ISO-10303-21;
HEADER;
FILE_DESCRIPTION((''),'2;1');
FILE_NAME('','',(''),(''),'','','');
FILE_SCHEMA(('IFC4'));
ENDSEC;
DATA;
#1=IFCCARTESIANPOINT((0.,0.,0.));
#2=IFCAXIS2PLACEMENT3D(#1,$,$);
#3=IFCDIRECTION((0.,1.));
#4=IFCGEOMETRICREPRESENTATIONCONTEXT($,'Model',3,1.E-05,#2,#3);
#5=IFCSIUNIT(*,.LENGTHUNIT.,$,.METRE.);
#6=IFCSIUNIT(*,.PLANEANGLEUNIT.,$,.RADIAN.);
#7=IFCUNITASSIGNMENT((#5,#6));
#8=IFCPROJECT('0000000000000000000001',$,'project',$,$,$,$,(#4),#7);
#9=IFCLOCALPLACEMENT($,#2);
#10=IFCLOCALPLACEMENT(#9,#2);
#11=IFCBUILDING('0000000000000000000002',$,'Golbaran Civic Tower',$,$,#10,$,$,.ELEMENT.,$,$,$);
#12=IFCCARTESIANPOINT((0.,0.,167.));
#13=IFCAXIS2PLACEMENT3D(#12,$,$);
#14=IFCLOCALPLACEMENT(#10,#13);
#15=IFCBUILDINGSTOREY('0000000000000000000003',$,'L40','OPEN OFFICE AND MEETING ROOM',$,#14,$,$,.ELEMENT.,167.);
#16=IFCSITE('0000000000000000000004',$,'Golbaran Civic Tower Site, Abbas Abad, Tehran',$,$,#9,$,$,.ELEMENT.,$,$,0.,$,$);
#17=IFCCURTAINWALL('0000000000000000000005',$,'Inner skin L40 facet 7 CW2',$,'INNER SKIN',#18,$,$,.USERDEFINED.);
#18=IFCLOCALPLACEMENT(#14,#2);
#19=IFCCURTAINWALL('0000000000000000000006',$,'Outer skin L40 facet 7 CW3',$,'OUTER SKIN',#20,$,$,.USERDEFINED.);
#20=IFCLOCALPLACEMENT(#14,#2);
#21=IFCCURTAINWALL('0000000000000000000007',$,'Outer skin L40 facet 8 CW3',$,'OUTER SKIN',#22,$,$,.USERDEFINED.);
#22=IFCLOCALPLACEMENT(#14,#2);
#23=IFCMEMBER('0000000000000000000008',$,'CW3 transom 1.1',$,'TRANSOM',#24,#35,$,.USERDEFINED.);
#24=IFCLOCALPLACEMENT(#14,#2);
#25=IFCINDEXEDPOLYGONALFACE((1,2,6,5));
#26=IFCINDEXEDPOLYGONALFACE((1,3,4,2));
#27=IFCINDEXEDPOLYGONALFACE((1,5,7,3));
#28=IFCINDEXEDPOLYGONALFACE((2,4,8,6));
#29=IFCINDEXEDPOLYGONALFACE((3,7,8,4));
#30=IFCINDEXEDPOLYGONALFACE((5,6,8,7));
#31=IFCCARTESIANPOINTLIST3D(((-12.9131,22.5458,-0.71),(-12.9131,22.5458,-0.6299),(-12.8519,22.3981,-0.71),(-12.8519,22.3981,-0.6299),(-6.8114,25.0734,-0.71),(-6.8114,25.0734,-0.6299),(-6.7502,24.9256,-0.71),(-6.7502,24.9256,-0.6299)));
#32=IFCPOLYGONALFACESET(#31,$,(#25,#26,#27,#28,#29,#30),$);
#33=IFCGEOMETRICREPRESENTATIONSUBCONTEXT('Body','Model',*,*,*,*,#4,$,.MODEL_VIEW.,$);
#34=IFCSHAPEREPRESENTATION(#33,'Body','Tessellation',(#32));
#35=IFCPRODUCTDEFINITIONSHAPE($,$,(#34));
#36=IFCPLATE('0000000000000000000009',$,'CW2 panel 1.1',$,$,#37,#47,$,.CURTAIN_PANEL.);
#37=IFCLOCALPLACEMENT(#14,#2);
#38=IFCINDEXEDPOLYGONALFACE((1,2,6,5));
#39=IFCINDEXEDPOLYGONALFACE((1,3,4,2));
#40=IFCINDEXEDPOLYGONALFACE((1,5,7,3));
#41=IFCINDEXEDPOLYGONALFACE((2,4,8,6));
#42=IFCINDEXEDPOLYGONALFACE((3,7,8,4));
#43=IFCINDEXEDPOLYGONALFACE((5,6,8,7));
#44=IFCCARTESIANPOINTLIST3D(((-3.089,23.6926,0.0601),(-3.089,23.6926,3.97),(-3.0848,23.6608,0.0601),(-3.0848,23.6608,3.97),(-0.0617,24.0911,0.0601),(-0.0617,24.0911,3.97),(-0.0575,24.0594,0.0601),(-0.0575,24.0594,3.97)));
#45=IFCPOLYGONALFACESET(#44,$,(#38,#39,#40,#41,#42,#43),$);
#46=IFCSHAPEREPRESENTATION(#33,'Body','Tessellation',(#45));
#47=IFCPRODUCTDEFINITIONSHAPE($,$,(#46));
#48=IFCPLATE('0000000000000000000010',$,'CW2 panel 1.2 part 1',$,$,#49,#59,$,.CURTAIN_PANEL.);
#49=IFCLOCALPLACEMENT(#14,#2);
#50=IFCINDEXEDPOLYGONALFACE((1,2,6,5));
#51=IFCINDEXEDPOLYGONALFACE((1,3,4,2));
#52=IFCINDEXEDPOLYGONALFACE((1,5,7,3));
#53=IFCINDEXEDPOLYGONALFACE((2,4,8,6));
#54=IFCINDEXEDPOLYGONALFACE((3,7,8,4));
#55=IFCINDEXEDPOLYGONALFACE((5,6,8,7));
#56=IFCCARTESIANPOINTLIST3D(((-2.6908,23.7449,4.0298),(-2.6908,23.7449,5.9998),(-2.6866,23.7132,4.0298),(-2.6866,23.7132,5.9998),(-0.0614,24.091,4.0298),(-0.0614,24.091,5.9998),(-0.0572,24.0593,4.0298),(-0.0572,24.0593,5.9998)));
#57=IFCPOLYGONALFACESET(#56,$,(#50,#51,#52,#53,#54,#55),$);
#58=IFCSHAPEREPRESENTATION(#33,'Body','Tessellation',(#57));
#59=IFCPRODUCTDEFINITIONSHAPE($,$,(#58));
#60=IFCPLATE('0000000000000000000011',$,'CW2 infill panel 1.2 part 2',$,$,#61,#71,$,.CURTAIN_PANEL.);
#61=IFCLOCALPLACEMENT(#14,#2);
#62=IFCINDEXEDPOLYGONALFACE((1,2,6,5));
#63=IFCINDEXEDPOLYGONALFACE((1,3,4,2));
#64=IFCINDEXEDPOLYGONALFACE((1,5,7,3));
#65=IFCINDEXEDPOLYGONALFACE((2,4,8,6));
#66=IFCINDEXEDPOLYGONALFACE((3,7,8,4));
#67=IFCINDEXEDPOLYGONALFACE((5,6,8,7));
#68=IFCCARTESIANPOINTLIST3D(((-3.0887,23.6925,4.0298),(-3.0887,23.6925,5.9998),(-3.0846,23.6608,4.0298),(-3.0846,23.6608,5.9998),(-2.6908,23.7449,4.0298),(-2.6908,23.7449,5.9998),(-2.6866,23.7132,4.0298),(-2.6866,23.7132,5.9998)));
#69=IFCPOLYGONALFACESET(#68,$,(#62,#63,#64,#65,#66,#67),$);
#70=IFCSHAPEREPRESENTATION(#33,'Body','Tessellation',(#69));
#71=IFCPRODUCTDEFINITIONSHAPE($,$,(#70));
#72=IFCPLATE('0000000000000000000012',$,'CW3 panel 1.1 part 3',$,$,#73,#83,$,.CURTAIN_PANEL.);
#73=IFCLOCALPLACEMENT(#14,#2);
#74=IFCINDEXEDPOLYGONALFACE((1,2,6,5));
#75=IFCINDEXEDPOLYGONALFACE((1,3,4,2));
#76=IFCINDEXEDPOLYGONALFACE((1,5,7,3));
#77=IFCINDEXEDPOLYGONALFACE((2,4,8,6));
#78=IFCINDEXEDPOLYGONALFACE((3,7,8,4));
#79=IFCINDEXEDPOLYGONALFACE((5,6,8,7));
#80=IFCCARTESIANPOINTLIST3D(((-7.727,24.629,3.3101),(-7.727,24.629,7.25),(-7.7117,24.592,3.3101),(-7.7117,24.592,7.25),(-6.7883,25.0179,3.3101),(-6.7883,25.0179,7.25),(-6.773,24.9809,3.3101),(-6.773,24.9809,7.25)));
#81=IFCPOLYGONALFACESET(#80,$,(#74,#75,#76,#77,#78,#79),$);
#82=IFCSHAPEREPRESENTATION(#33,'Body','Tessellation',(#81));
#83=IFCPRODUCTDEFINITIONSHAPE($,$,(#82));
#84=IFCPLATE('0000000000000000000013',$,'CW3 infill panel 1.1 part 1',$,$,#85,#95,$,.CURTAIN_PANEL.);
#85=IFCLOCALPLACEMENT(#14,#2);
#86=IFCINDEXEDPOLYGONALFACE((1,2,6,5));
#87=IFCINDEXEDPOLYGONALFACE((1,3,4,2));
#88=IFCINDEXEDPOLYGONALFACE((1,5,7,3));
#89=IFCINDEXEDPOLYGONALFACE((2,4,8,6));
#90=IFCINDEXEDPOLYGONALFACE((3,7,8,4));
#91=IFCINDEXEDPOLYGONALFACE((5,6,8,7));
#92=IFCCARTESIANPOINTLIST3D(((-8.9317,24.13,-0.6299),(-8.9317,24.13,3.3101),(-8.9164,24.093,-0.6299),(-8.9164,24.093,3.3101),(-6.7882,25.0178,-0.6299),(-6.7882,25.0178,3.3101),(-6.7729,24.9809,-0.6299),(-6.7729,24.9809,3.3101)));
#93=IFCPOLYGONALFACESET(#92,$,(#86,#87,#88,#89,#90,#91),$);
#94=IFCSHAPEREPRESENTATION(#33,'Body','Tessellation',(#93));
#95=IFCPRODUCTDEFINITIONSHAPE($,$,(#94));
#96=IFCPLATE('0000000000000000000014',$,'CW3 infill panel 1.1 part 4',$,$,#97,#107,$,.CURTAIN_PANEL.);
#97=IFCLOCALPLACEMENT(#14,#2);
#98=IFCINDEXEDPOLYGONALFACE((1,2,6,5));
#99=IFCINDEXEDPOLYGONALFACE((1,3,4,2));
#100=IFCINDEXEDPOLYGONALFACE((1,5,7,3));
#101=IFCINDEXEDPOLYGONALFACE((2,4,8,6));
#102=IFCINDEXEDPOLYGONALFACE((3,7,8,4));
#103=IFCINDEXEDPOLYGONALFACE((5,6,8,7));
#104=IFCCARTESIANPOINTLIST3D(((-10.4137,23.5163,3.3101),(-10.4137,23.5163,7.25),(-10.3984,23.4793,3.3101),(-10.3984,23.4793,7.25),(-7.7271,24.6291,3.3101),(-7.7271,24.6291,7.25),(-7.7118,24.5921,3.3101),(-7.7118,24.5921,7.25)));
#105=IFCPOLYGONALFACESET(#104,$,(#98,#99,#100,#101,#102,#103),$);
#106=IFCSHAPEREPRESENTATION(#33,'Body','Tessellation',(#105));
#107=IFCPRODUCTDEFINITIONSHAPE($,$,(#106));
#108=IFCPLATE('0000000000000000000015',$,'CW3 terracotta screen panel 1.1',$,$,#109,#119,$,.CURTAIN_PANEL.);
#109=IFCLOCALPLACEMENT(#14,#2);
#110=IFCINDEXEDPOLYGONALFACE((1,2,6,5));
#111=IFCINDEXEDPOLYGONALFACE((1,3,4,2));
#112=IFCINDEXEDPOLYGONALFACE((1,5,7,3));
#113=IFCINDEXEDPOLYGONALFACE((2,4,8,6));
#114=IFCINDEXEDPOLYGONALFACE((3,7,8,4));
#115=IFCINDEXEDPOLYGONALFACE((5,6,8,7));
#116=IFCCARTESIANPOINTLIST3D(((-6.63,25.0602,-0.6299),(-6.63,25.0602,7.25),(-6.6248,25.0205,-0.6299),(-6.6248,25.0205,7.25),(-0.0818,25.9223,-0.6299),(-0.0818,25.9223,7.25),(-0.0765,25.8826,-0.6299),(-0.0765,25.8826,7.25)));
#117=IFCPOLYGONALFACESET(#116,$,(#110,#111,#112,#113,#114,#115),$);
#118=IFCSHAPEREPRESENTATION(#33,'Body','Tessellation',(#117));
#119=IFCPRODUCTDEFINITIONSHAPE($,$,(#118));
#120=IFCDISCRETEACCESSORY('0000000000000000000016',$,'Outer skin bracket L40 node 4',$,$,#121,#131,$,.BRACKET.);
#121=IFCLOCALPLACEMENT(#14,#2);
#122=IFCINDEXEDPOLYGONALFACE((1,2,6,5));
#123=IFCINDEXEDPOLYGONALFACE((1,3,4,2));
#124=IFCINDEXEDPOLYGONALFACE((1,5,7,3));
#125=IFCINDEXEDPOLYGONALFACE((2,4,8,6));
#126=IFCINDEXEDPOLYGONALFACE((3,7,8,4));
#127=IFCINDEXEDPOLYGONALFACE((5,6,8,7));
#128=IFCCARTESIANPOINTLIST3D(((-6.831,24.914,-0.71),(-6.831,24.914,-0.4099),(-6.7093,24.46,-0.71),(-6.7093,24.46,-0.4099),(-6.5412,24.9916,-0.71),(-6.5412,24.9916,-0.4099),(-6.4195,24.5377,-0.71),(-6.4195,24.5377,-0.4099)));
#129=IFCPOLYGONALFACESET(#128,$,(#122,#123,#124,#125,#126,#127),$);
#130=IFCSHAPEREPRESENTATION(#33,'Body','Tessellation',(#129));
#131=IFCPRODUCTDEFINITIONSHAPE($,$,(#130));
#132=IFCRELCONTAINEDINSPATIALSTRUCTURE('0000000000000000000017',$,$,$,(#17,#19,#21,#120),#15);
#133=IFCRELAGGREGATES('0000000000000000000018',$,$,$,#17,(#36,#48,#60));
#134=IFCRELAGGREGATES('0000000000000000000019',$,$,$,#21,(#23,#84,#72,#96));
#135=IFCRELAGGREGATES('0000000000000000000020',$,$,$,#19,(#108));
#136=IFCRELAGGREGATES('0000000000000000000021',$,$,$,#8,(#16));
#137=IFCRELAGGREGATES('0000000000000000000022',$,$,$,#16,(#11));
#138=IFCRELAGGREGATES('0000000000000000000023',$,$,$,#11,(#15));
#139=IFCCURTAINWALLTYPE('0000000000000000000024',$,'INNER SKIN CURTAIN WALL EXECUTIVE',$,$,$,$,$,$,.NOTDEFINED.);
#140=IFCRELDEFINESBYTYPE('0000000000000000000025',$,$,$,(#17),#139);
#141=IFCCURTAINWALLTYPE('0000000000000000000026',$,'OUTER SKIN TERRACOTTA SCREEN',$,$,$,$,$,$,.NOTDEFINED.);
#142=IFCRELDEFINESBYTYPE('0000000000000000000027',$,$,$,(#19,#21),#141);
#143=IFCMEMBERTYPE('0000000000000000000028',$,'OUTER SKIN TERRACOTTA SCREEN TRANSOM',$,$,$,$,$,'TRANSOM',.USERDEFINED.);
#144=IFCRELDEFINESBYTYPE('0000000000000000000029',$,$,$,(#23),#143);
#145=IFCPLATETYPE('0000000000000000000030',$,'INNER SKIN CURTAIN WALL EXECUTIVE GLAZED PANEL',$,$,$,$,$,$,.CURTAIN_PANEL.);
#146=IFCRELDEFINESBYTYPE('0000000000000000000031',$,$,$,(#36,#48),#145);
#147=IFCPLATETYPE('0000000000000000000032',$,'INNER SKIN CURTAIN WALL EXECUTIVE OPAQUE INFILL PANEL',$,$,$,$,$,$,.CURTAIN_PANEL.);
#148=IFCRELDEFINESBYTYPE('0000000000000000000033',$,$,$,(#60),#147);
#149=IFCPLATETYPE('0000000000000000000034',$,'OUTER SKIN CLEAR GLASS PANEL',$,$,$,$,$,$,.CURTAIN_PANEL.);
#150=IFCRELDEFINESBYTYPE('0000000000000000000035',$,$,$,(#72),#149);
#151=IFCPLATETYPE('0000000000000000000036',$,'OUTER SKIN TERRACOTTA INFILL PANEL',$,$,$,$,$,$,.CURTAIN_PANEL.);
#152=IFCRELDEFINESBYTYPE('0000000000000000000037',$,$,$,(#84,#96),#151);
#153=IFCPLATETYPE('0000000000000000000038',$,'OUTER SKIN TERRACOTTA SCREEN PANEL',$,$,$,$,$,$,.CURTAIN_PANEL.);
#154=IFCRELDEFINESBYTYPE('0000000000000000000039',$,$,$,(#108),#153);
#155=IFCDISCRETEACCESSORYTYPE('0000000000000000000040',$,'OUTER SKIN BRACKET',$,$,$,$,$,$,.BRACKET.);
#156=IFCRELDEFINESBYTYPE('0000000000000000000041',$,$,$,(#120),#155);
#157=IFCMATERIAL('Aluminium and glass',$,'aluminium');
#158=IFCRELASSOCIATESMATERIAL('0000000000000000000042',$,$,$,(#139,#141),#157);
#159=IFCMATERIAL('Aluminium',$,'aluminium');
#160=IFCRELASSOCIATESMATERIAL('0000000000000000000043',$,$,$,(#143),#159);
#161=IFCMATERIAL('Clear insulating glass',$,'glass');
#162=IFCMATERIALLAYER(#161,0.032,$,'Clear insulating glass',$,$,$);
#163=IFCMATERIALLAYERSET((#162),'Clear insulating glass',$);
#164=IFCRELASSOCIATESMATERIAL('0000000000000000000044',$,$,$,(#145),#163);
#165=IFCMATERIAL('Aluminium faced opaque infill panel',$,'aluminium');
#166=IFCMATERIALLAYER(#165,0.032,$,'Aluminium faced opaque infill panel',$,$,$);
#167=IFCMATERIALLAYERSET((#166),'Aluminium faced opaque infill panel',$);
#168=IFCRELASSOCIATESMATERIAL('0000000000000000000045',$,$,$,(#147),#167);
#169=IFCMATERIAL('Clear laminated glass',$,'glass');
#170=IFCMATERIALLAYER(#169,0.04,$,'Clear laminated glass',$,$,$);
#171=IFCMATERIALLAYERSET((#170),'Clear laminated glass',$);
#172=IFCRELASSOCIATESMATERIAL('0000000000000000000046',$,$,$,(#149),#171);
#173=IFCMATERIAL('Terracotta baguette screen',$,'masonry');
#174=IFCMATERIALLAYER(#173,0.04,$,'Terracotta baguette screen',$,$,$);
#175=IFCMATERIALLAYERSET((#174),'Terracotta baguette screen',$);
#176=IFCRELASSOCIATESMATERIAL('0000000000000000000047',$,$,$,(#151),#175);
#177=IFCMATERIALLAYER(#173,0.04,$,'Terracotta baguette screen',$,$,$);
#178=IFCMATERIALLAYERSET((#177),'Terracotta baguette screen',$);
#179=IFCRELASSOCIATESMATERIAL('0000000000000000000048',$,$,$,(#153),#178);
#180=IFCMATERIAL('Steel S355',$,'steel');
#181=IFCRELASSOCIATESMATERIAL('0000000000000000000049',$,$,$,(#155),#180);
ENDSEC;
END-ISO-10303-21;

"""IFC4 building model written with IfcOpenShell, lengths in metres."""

from ifc_helpers import new_model, si_unit, direction, frame, origin, origin_2d, place, context, subcontext, project, spatial, rectangle, extrude, material, layer, layer_set, material_profile, profile_set, type_object, element, aggregate, save


model = new_model("IFC4")

# Units and contexts
model_context = context("Model", 3, precision=1e-05, world=origin(), true_north=direction((0.0, 1.0)))
body_context = subcontext(model_context, "Body", "Model", "MODEL_VIEW")
ifc_project = project(units=[si_unit("LENGTHUNIT", "METRE"), si_unit("PLANEANGLEUNIT", "RADIAN")], contexts=[model_context])

# Site, building, storey
site_placement = place(None, origin())
site = spatial("IfcSite", under=ifc_project, at=site_placement, Name="Golbaran Civic Tower Site, Abbas Abad, Tehran", CompositionType="ELEMENT", RefElevation=0.0)
building_placement = place(site_placement, origin())
building = spatial("IfcBuilding", under=site, at=building_placement, Name="Golbaran Civic Tower", CompositionType="ELEMENT")
storey_placement = place(building_placement, frame((0.0, 0.0, 167.0)))
storey = spatial("IfcBuildingStorey", under=building, at=storey_placement, Name="L40", Description="OPEN OFFICE AND MEETING ROOM", CompositionType="ELEMENT", Elevation=167.0)

# Shared definitions
ifc_material_1 = material(Name="Steel S355", Category="steel")

# Curtain walls
ifc_material_2 = material(Name="Aluminium and glass", Category="aluminium")
curtain_wall_type_1 = type_object("IfcCurtainWallType", Name="INNER SKIN CURTAIN WALL EXECUTIVE", PredefinedType="NOTDEFINED", material=ifc_material_2)
curtain_wall_1_placement = place(storey_placement, origin())
curtain_wall_1 = element("IfcCurtainWall", 1, at=curtain_wall_1_placement, inside=storey, type_object=curtain_wall_type_1, Name="Inner skin L40 facet 7 CW2", ObjectType="INNER SKIN", PredefinedType="USERDEFINED")
ifc_material_3 = material(Name="Aluminium", Category="aluminium")
curtain_wall_type_2 = type_object("IfcCurtainWallType", Name="OUTER SKIN TERRACOTTA SCREEN", PredefinedType="NOTDEFINED", material=ifc_material_2)
curtain_wall_2_placement = place(storey_placement, origin())
curtain_wall_2 = element("IfcCurtainWall", 2, at=curtain_wall_2_placement, inside=storey, type_object=curtain_wall_type_2, Name="Outer skin L40 facet 7 CW3", ObjectType="OUTER SKIN", PredefinedType="USERDEFINED")

# Curtain wall
curtain_wall_3_placement = place(storey_placement, origin())
curtain_wall_3 = element("IfcCurtainWall", 3, at=curtain_wall_3_placement, inside=storey, type_object=curtain_wall_type_2, Name="Outer skin L40 facet 8 CW3", ObjectType="OUTER SKIN", PredefinedType="USERDEFINED")

# Member
ifc_material_profile_1 = material_profile(ifc_material_3, rectangle(XDim=0.1599, YDim=0.0801, at=origin_2d()), Name="OUTER SKIN TERRACOTTA SCREEN TRANSOM")
ifc_profile_set_1 = profile_set([ifc_material_profile_1], Name="Aluminium")
member_type_1 = type_object("IfcMemberType", Name="OUTER SKIN TERRACOTTA SCREEN TRANSOM", ElementType="TRANSOM", PredefinedType="USERDEFINED", material=ifc_profile_set_1)
member_1_placement = place(storey_placement, frame((-6.7808, 24.9995, -0.6699), z_axis=(-0.923872, -0.382701, 0.0), x_axis=(0.382701, -0.923872, 0.0)))
member_1 = element("IfcMember", 4, at=member_1_placement, type_object=member_type_1, Name="CW3 transom 1.1", ObjectType="TRANSOM", PredefinedType="USERDEFINED", context=body_context, shape_type="SweptSolid", body=[
    extrude(rectangle(XDim=0.1599, YDim=0.0801, at=origin_2d()), origin(), (0.0, 0.0, 1.0), 6.6045),
])

# Plates
ifc_material_4 = material(Name="Clear insulating glass", Category="glass")
ifc_layer_1 = layer(ifc_material_4, 0.032, Name="Clear insulating glass")
ifc_layer_set_1 = layer_set([ifc_layer_1], Name="Clear insulating glass")
plate_type_1 = type_object("IfcPlateType", Name="INNER SKIN CURTAIN WALL EXECUTIVE GLAZED PANEL", PredefinedType="CURTAIN_PANEL", material=ifc_layer_set_1)
plate_1_placement = place(storey_placement, frame((-1.5732, 23.876, 0.0601), z_axis=(0.0, 0.0, 1.0), x_axis=(-0.991445, -0.130526, 0.0)))
plate_1 = element("IfcPlate", 5, at=plate_1_placement, type_object=plate_type_1, Name="CW2 panel 1.1", PredefinedType="CURTAIN_PANEL", context=body_context, shape_type="SweptSolid", body=[
    extrude(rectangle(XDim=3.0535, YDim=0.032, at=origin_2d()), origin(), (0.0, 0.0, 1.0), 3.9099),
])
plate_2_placement = place(storey_placement, frame((-1.374, 23.9021, 4.0298), z_axis=(0.0, 0.0, 1.0), x_axis=(-0.991445, -0.130526, 0.0)))
plate_2 = element("IfcPlate", 6, at=plate_2_placement, type_object=plate_type_1, Name="CW2 panel 1.2 part 1", PredefinedType="CURTAIN_PANEL", context=body_context, shape_type="SweptSolid", body=[
    extrude(rectangle(XDim=2.6521, YDim=0.032, at=origin_2d()), origin(), (0.0, 0.0, 1.0), 1.97),
])
ifc_material_5 = material(Name="Aluminium faced opaque infill panel", Category="aluminium")
ifc_layer_2 = layer(ifc_material_5, 0.032, Name="Aluminium faced opaque infill panel")
ifc_layer_set_2 = layer_set([ifc_layer_2], Name="Aluminium faced opaque infill panel")
plate_type_2 = type_object("IfcPlateType", Name="INNER SKIN CURTAIN WALL EXECUTIVE OPAQUE INFILL PANEL", PredefinedType="CURTAIN_PANEL", material=ifc_layer_set_2)
plate_3_placement = place(storey_placement, frame((-2.8877, 23.7029, 4.0298), z_axis=(0.0, 0.0, 1.0), x_axis=(-0.991445, -0.130526, 0.0)))
plate_3 = element("IfcPlate", 7, at=plate_3_placement, type_object=plate_type_2, Name="CW2 infill panel 1.2 part 2", PredefinedType="CURTAIN_PANEL", context=body_context, shape_type="SweptSolid", body=[
    extrude(rectangle(XDim=0.4014, YDim=0.032, at=origin_2d()), origin(), (0.0, 0.0, 1.0), 1.97),
])
aggregate(curtain_wall_1, [plate_1, plate_2, plate_3])
ifc_material_6 = material(Name="Clear laminated glass", Category="glass")
ifc_layer_3 = layer(ifc_material_6, 0.04, Name="Clear laminated glass")
ifc_layer_set_3 = layer_set([ifc_layer_3], Name="Clear laminated glass")
plate_type_3 = type_object("IfcPlateType", Name="OUTER SKIN CLEAR GLASS PANEL", PredefinedType="CURTAIN_PANEL", material=ifc_layer_set_3)
plate_4_placement = place(storey_placement, frame((-7.25, 24.8049, 3.3101), z_axis=(0.0, 0.0, 1.0), x_axis=(-0.92388, -0.382683, 0.0)))
plate_4 = element("IfcPlate", 8, at=plate_4_placement, type_object=plate_type_3, Name="CW3 panel 1.1 part 3", PredefinedType="CURTAIN_PANEL", context=body_context, shape_type="SweptSolid", body=[
    extrude(rectangle(XDim=1.0161, YDim=0.04, at=origin_2d()), origin(), (0.0, 0.0, 1.0), 3.9399),
])
ifc_material_7 = material(Name="Terracotta baguette screen", Category="masonry")
ifc_layer_4 = layer(ifc_material_7, 0.04, Name="Terracotta baguette screen")
ifc_layer_set_4 = layer_set([ifc_layer_4], Name="Terracotta baguette screen")
plate_type_4 = type_object("IfcPlateType", Name="OUTER SKIN TERRACOTTA INFILL PANEL", PredefinedType="CURTAIN_PANEL", material=ifc_layer_set_4)
plate_5_placement = place(storey_placement, frame((-7.8523, 24.5554, -0.6299), z_axis=(0.0, 0.0, 1.0), x_axis=(-0.92388, -0.382683, 0.0)))
plate_5 = element("IfcPlate", 9, at=plate_5_placement, type_object=plate_type_4, Name="CW3 infill panel 1.1 part 1", PredefinedType="CURTAIN_PANEL", context=body_context, shape_type="SweptSolid", body=[
    extrude(rectangle(XDim=2.3201, YDim=0.04, at=origin_2d()), origin(), (0.0, 0.0, 1.0), 3.9399),
])
plate_6_placement = place(storey_placement, frame((-9.0627, 24.0542, 3.3101), z_axis=(0.0, 0.0, 1.0), x_axis=(-0.92388, -0.382683, 0.0)))
plate_6 = element("IfcPlate", 10, at=plate_6_placement, type_object=plate_type_4, Name="CW3 infill panel 1.1 part 4", PredefinedType="CURTAIN_PANEL", context=body_context, shape_type="SweptSolid", body=[
    extrude(rectangle(XDim=2.908, YDim=0.04, at=origin_2d()), origin(), (0.0, 0.0, 1.0), 3.9399),
])
aggregate(curtain_wall_3, [member_1, plate_5, plate_4, plate_6])
ifc_layer_5 = layer(ifc_material_7, 0.04, Name="Terracotta baguette screen")
ifc_layer_set_5 = layer_set([ifc_layer_5], Name="Terracotta baguette screen")
plate_type_5 = type_object("IfcPlateType", Name="OUTER SKIN TERRACOTTA SCREEN PANEL", PredefinedType="CURTAIN_PANEL", material=ifc_layer_set_5)
plate_7_placement = place(storey_placement, frame((-3.3533, 25.4714, -0.6299), z_axis=(0.0, 0.0, 1.0), x_axis=(-0.991445, -0.130526, 0.0)))
plate_7 = element("IfcPlate", 11, at=plate_7_placement, type_object=plate_type_5, Name="CW3 terracotta screen panel 1.1", PredefinedType="CURTAIN_PANEL", context=body_context, shape_type="SweptSolid", body=[
    extrude(rectangle(XDim=6.6047, YDim=0.04, at=origin_2d()), origin(), (0.0, 0.0, 1.0), 7.8799),
])
aggregate(curtain_wall_2, [plate_7])

# Discrete accessory
discrete_accessory_type = type_object("IfcDiscreteAccessoryType", Name="OUTER SKIN BRACKET", PredefinedType="BRACKET", material=ifc_material_1)
discrete_accessory_placement = place(storey_placement, frame((-6.6252, 24.7258, -0.71), z_axis=(0.0, 0.0, 1.0), x_axis=(-0.258819, 0.965926, 0.0)))
element("IfcDiscreteAccessory", 12, at=discrete_accessory_placement, inside=storey, type_object=discrete_accessory_type, Name="Outer skin bracket L40 node 4", PredefinedType="BRACKET", context=body_context, shape_type="SweptSolid", body=[
    extrude(rectangle(XDim=0.47, YDim=0.3, at=origin_2d()), origin(), (0.0, 0.0, 1.0), 0.3),
])

save(model, "model.ifc")
